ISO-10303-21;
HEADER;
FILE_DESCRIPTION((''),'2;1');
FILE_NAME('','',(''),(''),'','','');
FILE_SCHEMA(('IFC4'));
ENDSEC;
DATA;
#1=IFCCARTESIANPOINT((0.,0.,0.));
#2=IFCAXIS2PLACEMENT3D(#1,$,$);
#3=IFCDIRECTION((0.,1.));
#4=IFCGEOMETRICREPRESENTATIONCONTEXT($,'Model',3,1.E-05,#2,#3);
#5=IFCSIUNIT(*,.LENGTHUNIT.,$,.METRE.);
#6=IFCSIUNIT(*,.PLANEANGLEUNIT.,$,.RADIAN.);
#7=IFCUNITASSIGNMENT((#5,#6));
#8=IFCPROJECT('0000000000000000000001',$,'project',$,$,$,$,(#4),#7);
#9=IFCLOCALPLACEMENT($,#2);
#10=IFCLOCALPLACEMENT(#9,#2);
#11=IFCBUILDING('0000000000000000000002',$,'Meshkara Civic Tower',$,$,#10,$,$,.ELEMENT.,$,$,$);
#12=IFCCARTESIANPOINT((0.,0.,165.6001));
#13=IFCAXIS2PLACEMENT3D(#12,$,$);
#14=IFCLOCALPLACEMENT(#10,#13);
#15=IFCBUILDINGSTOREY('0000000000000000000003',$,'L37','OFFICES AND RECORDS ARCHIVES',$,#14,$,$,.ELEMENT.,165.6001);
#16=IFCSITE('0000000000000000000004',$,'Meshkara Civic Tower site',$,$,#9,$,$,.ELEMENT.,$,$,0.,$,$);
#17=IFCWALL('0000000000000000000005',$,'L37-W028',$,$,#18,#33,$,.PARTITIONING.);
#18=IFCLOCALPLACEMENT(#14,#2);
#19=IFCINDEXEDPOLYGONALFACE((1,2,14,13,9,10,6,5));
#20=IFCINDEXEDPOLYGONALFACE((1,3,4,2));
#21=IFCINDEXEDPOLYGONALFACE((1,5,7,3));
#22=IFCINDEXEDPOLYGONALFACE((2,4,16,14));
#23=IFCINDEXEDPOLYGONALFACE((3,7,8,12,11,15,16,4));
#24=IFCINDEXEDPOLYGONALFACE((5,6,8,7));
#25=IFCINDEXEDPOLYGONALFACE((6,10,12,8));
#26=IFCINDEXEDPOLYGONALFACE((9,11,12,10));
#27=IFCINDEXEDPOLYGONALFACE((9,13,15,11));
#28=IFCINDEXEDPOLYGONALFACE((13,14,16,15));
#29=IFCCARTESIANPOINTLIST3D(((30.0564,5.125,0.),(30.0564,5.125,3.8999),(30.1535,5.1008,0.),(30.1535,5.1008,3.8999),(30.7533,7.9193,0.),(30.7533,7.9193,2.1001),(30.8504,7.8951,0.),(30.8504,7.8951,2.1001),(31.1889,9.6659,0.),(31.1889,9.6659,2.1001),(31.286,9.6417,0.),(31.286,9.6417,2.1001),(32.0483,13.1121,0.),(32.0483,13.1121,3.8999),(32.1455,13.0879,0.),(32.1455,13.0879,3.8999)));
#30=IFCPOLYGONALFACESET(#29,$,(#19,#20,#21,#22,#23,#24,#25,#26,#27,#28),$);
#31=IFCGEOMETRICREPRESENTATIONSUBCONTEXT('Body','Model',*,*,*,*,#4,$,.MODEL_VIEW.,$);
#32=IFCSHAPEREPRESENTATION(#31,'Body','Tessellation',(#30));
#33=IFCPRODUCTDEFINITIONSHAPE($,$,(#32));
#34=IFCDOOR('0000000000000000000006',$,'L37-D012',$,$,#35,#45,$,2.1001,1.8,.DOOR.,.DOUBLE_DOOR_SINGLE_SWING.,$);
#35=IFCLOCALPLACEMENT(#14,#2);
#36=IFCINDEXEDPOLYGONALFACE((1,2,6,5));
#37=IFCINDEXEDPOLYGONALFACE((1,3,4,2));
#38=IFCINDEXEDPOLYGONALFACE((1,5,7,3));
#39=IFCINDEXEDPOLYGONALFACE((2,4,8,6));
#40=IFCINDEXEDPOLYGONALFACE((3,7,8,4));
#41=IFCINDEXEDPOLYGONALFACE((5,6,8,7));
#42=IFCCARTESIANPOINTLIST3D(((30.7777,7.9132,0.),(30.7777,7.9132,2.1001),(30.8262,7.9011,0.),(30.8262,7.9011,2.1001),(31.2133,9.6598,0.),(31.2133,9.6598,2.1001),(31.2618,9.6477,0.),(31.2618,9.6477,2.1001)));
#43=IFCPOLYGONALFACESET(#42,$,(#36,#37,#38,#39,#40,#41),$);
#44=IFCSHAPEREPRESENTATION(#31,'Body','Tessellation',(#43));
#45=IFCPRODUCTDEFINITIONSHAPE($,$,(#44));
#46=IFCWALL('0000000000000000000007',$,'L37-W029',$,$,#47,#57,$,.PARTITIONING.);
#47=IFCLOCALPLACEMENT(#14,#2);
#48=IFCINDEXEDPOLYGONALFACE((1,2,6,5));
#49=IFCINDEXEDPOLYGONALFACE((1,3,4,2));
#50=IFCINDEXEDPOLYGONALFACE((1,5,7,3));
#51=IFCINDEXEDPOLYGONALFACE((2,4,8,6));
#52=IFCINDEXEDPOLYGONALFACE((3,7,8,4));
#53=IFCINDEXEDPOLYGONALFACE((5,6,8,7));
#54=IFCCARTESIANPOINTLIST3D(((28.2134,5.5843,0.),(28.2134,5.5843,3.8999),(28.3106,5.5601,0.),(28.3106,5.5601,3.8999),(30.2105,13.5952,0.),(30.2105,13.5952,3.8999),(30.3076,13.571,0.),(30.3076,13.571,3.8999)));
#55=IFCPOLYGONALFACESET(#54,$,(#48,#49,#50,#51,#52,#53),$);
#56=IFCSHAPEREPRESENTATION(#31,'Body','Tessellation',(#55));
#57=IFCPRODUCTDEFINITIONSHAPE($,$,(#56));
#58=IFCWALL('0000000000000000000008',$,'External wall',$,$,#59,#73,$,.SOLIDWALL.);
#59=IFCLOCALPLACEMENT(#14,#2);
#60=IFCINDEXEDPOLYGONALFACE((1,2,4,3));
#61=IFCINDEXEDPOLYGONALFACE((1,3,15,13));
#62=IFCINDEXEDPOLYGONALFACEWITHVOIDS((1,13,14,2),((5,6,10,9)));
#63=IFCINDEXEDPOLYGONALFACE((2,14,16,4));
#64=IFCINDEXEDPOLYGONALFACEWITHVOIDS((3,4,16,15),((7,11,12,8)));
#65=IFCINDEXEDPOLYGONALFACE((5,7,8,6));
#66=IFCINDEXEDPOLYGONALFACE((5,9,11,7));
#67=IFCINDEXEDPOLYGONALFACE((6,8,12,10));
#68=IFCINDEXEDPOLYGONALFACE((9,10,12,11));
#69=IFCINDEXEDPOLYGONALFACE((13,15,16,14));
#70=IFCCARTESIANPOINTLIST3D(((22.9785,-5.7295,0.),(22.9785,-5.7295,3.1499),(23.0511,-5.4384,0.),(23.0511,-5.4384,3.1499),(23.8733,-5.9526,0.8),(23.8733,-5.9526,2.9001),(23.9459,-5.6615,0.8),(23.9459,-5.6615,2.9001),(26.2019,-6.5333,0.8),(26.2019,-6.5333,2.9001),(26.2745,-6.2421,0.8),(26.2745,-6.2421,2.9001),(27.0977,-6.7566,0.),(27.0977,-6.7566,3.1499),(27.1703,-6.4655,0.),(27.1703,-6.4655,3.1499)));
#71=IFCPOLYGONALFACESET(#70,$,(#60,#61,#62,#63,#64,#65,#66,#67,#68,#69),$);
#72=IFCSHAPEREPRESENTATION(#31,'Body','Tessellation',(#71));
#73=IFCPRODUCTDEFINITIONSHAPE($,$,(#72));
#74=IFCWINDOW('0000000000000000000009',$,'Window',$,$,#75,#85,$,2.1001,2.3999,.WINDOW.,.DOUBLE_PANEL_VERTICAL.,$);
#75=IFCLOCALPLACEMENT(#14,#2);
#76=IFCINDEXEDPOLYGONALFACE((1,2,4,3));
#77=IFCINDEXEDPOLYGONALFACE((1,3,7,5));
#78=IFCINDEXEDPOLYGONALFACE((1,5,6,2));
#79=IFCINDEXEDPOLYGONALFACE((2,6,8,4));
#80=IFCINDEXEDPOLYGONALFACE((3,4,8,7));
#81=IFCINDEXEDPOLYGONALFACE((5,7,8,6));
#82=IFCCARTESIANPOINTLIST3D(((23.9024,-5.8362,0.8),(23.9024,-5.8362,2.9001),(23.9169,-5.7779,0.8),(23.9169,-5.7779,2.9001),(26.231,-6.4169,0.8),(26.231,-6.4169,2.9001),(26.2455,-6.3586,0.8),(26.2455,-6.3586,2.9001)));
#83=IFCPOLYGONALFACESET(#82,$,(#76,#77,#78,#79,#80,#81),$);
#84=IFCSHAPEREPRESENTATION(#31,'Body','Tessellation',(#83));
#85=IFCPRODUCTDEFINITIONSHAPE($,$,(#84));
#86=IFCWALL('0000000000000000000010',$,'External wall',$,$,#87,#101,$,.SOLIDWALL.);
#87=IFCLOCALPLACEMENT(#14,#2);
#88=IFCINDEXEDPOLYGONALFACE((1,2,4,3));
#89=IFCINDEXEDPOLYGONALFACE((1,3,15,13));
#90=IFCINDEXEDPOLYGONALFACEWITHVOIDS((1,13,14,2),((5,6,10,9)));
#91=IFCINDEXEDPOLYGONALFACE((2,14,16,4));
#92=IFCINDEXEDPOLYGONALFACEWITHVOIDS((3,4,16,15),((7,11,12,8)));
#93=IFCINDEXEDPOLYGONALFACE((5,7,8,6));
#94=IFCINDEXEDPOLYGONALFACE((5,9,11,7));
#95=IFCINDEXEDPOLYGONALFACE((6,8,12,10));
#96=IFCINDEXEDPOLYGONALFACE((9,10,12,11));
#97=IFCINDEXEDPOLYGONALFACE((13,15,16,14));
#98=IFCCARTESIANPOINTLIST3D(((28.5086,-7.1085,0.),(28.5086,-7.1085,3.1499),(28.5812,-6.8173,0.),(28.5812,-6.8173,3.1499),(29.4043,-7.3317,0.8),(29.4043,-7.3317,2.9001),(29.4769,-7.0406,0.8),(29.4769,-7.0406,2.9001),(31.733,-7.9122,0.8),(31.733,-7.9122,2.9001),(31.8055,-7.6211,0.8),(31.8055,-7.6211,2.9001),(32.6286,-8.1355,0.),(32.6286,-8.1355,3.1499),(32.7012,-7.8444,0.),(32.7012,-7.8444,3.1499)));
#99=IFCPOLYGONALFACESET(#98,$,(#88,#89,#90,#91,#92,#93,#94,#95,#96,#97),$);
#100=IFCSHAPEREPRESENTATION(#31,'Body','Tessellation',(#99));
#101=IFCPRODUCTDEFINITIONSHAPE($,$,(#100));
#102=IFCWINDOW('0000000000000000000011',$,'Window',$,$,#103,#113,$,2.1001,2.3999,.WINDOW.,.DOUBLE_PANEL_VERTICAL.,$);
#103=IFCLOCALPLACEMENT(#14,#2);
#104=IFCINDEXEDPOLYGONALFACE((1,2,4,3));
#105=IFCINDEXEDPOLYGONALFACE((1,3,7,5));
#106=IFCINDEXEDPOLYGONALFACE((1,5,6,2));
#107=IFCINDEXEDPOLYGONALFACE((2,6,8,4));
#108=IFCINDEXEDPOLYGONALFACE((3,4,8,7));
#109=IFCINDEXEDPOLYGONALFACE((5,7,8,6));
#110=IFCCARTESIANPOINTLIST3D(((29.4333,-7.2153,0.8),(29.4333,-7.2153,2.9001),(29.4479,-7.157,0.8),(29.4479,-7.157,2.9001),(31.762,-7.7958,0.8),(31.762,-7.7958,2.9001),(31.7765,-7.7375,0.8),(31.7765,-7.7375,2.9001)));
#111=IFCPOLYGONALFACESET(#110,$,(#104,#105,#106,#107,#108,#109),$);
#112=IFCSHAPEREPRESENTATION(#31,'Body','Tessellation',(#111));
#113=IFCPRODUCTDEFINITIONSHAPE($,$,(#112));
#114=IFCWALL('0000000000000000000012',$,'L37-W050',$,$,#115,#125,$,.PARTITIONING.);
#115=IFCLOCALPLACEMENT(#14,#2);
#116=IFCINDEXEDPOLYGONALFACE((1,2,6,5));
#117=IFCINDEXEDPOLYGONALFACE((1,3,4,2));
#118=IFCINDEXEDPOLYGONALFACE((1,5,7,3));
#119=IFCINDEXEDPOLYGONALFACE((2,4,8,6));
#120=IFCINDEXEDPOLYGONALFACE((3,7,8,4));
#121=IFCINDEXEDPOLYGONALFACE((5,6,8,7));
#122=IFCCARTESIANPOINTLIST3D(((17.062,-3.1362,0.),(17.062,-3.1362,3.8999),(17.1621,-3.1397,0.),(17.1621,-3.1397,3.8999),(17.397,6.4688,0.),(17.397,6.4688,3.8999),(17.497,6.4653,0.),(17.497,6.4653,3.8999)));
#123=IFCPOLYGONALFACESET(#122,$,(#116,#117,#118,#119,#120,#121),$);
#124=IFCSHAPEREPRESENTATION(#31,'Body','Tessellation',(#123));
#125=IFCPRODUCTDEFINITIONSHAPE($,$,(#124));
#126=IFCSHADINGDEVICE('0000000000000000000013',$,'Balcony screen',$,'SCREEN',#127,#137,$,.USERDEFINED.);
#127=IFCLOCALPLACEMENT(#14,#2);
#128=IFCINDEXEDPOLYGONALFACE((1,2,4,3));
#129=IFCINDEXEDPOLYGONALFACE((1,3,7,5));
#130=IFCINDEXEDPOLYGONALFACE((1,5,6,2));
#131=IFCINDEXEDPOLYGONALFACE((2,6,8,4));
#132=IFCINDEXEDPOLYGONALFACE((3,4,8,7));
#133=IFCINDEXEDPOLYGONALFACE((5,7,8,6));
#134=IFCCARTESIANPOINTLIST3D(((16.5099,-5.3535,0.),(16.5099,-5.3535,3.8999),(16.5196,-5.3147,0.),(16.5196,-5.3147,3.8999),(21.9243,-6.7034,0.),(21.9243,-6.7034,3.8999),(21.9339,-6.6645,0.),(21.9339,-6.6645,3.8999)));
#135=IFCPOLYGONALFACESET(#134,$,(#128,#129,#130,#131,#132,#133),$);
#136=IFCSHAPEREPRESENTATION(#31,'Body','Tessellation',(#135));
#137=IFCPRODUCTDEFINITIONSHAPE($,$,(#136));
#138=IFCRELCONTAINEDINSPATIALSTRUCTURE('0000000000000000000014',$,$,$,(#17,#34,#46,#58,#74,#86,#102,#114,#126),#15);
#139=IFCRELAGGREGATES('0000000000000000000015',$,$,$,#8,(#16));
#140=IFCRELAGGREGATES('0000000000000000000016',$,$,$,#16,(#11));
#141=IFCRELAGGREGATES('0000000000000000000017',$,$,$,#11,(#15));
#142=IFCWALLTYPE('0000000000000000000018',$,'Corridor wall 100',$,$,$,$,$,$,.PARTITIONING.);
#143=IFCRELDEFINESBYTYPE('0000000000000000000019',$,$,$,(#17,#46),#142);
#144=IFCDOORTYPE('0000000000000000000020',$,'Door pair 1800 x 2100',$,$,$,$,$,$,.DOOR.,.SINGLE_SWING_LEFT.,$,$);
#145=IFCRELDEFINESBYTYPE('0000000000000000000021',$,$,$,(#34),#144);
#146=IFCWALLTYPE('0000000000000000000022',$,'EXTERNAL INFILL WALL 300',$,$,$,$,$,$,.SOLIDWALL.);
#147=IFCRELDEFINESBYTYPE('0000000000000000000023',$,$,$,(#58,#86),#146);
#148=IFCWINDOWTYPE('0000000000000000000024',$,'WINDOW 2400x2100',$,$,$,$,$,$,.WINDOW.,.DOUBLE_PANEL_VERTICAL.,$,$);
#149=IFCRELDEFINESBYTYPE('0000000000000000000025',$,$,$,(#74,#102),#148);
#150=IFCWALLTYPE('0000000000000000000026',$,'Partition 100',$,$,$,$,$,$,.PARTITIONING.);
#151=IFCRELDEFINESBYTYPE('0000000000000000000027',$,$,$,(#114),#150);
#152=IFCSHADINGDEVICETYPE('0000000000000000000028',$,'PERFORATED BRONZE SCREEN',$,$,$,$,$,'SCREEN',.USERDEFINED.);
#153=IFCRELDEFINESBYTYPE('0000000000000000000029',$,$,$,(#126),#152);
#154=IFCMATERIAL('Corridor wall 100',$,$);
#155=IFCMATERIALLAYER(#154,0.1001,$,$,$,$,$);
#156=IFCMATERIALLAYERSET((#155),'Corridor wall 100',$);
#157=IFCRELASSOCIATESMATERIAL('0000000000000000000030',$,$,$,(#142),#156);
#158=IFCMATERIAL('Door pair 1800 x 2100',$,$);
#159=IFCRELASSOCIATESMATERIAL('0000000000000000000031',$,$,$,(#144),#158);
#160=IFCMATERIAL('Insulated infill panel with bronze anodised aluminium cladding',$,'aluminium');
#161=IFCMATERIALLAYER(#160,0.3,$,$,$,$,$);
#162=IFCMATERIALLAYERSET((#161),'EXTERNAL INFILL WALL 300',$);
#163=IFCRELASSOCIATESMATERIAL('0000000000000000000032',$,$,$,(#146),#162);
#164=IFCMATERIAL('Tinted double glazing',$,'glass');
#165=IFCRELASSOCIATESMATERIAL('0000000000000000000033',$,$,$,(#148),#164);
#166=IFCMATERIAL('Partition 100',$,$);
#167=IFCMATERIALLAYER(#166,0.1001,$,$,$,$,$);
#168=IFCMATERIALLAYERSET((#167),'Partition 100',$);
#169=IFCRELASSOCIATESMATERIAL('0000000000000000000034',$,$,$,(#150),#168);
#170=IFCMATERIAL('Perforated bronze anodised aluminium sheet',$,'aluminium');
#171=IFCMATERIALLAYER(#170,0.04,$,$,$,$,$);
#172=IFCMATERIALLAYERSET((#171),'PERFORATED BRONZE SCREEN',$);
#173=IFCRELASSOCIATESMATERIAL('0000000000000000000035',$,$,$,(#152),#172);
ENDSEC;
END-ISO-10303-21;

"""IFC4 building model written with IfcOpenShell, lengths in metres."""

from ifc_helpers import new_model, si_unit, direction, frame, frame_2d, origin, origin_2d, place, context, subcontext, project, spatial, rectangle, extrude, material, layer, layer_set, type_object, element, fill, save


model = new_model("IFC4")

# Units and contexts
model_context = context("Model", 3, precision=1e-05, world=origin(), true_north=direction((0.0, 1.0)))
body_context = subcontext(model_context, "Body", "Model", "MODEL_VIEW")
ifc_project = project(units=[si_unit("LENGTHUNIT", "METRE"), si_unit("PLANEANGLEUNIT", "RADIAN")], contexts=[model_context])

# Site, building, storey
site_placement = place(None, origin())
site = spatial("IfcSite", under=ifc_project, at=site_placement, Name="Meshkara Civic Tower site", CompositionType="ELEMENT", RefElevation=0.0)
building_placement = place(site_placement, origin())
building = spatial("IfcBuilding", under=site, at=building_placement, Name="Meshkara Civic Tower", CompositionType="ELEMENT")
storey_placement = place(building_placement, frame((0.0, 0.0, 165.6001)))
storey = spatial("IfcBuildingStorey", under=building, at=storey_placement, Name="L37", Description="OFFICES AND RECORDS ARCHIVES", CompositionType="ELEMENT", Elevation=165.6001)

# Wall, opening, door
ifc_material_1 = material(Name="Corridor wall 100")
ifc_layer_1 = layer(ifc_material_1, 0.1001)
ifc_layer_set_1 = layer_set([ifc_layer_1], Name="Corridor wall 100")
wall_type_1 = type_object("IfcWallType", Name="Corridor wall 100", PredefinedType="PARTITIONING", material=ifc_layer_set_1)
wall_1_placement = place(storey_placement, frame((30.105, 5.113, 0.0), z_axis=(0.0, 0.0, 1.0), x_axis=(0.241984, 0.97028, 0.0)))
wall_1 = element("IfcWall", 1, at=wall_1_placement, inside=storey, type_object=wall_type_1, Name="L37-W028", PredefinedType="PARTITIONING", context=body_context, shape_type="SweptSolid", body=[
    extrude(rectangle(XDim=8.2317, YDim=0.1001, at=frame_2d((4.1157, 0.0))), origin(), (0.0, 0.0, 1.0), 3.8999),
])
opening_1_placement = place(wall_1_placement, frame((2.8799, 0.0, 0.0)))
opening_1 = element("IfcOpeningElement", 2, at=opening_1_placement, cuts=wall_1, PredefinedType="OPENING", context=body_context, shape_type="SweptSolid", body=[
    extrude(rectangle(XDim=1.8, YDim=2.1001, at=frame_2d((0.8999, 1.05))), frame((0.0, 0.0601, 0.0), z_axis=(0.0, -1.0, 0.0), x_axis=(1.0, 0.0, 0.0)), (0.0, 0.0, 1.0), 0.1201),
])
ifc_material_2 = material(Name="Door pair 1800 x 2100")
door_type_1 = type_object("IfcDoorType", Name="Door pair 1800 x 2100", OperationType="SINGLE_SWING_LEFT", PredefinedType="DOOR", material=ifc_material_2)
door_1_placement = place(opening_1_placement, origin())
door_1 = element("IfcDoor", 3, at=door_1_placement, inside=storey, type_object=door_type_1, Name="L37-D012", OperationType="DOUBLE_DOOR_SINGLE_SWING", OverallHeight=2.1001, OverallWidth=1.8, PredefinedType="DOOR", context=body_context, shape_type="SweptSolid", body=[
    extrude(rectangle(XDim=1.8, YDim=2.1001, at=frame_2d((0.8999, 1.05))), frame((0.0, 0.0249, 0.0), z_axis=(0.0, -1.0, 0.0), x_axis=(1.0, 0.0, 0.0)), (0.0, 0.0, 1.0), 0.05),
])
fill(opening_1, door_1)

# Wall
wall_2_placement = place(storey_placement, frame((30.259, 13.583, 0.0), z_axis=(0.0, 0.0, 1.0), x_axis=(-0.241888, -0.970304, 0.0)))
element("IfcWall", 4, at=wall_2_placement, inside=storey, type_object=wall_type_1, Name="L37-W029", PredefinedType="PARTITIONING", context=body_context, shape_type="SweptSolid", body=[
    extrude(rectangle(XDim=8.2561, YDim=0.1001, at=frame_2d((4.1279, 0.0))), origin(), (0.0, 0.0, 1.0), 3.8999),
])

# Walls, openings, windows
ifc_material_3 = material(Name="Insulated infill panel with bronze anodised aluminium cladding", Category="aluminium")
ifc_layer_2 = layer(ifc_material_3, 0.3)
ifc_layer_set_2 = layer_set([ifc_layer_2], Name="EXTERNAL INFILL WALL 300")
wall_type_2 = type_object("IfcWallType", Name="EXTERNAL INFILL WALL 300", PredefinedType="SOLIDWALL", material=ifc_layer_set_2)
wall_3_placement = place(storey_placement, frame((23.0149, -5.584, 0.0), z_axis=(0.0, 0.0, 1.0), x_axis=(0.970291, -0.24194, 0.0)))
wall_3 = element("IfcWall", 5, at=wall_3_placement, inside=storey, type_object=wall_type_2, Name="External wall", PredefinedType="SOLIDWALL", context=body_context, shape_type="SweptSolid", body=[
    extrude(rectangle(XDim=4.2454, YDim=0.3, at=frame_2d((2.1226, 0.0))), origin(), (0.0, 0.0, 1.0), 3.1499),
])
opening_2_placement = place(wall_3_placement, frame((0.9221, 0.0, 0.8)))
opening_2 = element("IfcOpeningElement", 6, at=opening_2_placement, cuts=wall_3, PredefinedType="OPENING", context=body_context, shape_type="SweptSolid", body=[
    extrude(rectangle(XDim=2.3999, YDim=2.1001, at=frame_2d((1.2, 1.05))), frame((0.0, 0.1599, 0.0), z_axis=(0.0, -1.0, 0.0), x_axis=(1.0, 0.0, 0.0)), (0.0, 0.0, 1.0), 0.3201),
])
ifc_material_4 = material(Name="Tinted double glazing", Category="glass")
window_type = type_object("IfcWindowType", Name="WINDOW 2400x2100", PartitioningType="DOUBLE_PANEL_VERTICAL", PredefinedType="WINDOW", material=ifc_material_4)
window_1_placement = place(opening_2_placement, origin())
window_1 = element("IfcWindow", 7, at=window_1_placement, inside=storey, type_object=window_type, Name="Window", OverallHeight=2.1001, OverallWidth=2.3999, PartitioningType="DOUBLE_PANEL_VERTICAL", PredefinedType="WINDOW", context=body_context, shape_type="SweptSolid", body=[
    extrude(rectangle(XDim=2.3999, YDim=2.1001, at=frame_2d((1.2, 1.05))), frame((0.0, 0.03, 0.0), z_axis=(0.0, -1.0, 0.0), x_axis=(1.0, 0.0, 0.0)), (0.0, 0.0, 1.0), 0.0601),
])
fill(opening_2, window_1)
wall_4_placement = place(storey_placement, frame((28.5449, -6.9629, 0.0), z_axis=(0.0, 0.0, 1.0), x_axis=(0.970305, -0.241886, 0.0)))
wall_4 = element("IfcWall", 8, at=wall_4_placement, inside=storey, type_object=wall_type_2, Name="External wall", PredefinedType="SOLIDWALL", context=body_context, shape_type="SweptSolid", body=[
    extrude(rectangle(XDim=4.2461, YDim=0.3, at=frame_2d((2.123, 0.0))), origin(), (0.0, 0.0, 1.0), 3.1499),
])
opening_3_placement = place(wall_4_placement, frame((0.9231, 0.0, 0.8)))
opening_3 = element("IfcOpeningElement", 9, at=opening_3_placement, cuts=wall_4, PredefinedType="OPENING", context=body_context, shape_type="SweptSolid", body=[
    extrude(rectangle(XDim=2.3999, YDim=2.1001, at=frame_2d((1.2, 1.05))), frame((0.0, 0.1599, 0.0), z_axis=(0.0, -1.0, 0.0), x_axis=(1.0, 0.0, 0.0)), (0.0, 0.0, 1.0), 0.3201),
])
window_2_placement = place(opening_3_placement, origin())
window_2 = element("IfcWindow", 10, at=window_2_placement, inside=storey, type_object=window_type, Name="Window", OverallHeight=2.1001, OverallWidth=2.3999, PartitioningType="DOUBLE_PANEL_VERTICAL", PredefinedType="WINDOW", context=body_context, shape_type="SweptSolid", body=[
    extrude(rectangle(XDim=2.3999, YDim=2.1001, at=frame_2d((1.2, 1.05))), frame((0.0, 0.03, 0.0), z_axis=(0.0, -1.0, 0.0), x_axis=(1.0, 0.0, 0.0)), (0.0, 0.0, 1.0), 0.0601),
])
fill(opening_3, window_2)

# Wall
ifc_material_5 = material(Name="Partition 100")
ifc_layer_3 = layer(ifc_material_5, 0.1001)
ifc_layer_set_3 = layer_set([ifc_layer_3], Name="Partition 100")
wall_type_3 = type_object("IfcWallType", Name="Partition 100", PredefinedType="PARTITIONING", material=ifc_layer_set_3)
wall_5_placement = place(storey_placement, frame((17.1121, -3.1379, 0.0), z_axis=(0.0, 0.0, 1.0), x_axis=(0.034852, 0.999392, 0.0)))
element("IfcWall", 11, at=wall_5_placement, inside=storey, type_object=wall_type_3, Name="L37-W050", PredefinedType="PARTITIONING", context=body_context, shape_type="SweptSolid", body=[
    extrude(rectangle(XDim=9.6108, YDim=0.1001, at=frame_2d((4.8054, 0.0))), origin(), (0.0, 0.0, 1.0), 3.8999),
])

# Shading device
ifc_material_6 = material(Name="Perforated bronze anodised aluminium sheet", Category="aluminium")
ifc_layer_4 = layer(ifc_material_6, 0.04)
ifc_layer_set_4 = layer_set([ifc_layer_4], Name="PERFORATED BRONZE SCREEN")
shading_device_type = type_object("IfcShadingDeviceType", Name="PERFORATED BRONZE SCREEN", ElementType="SCREEN", PredefinedType="USERDEFINED", material=ifc_layer_set_4)
shading_device_placement = place(storey_placement, frame((19.2219, -6.009, 0.0), z_axis=(0.0, 0.0, 1.0), x_axis=(0.9703, -0.241905, 0.0)))
element("IfcShadingDevice", 12, at=shading_device_placement, inside=storey, type_object=shading_device_type, Name="Balcony screen", ObjectType="SCREEN", PredefinedType="USERDEFINED", context=body_context, shape_type="SweptSolid", body=[
    extrude(rectangle(XDim=5.5801, YDim=0.04, at=origin_2d()), origin(), (0.0, 0.0, 1.0), 3.8999),
])

save(model, "model.ifc")
